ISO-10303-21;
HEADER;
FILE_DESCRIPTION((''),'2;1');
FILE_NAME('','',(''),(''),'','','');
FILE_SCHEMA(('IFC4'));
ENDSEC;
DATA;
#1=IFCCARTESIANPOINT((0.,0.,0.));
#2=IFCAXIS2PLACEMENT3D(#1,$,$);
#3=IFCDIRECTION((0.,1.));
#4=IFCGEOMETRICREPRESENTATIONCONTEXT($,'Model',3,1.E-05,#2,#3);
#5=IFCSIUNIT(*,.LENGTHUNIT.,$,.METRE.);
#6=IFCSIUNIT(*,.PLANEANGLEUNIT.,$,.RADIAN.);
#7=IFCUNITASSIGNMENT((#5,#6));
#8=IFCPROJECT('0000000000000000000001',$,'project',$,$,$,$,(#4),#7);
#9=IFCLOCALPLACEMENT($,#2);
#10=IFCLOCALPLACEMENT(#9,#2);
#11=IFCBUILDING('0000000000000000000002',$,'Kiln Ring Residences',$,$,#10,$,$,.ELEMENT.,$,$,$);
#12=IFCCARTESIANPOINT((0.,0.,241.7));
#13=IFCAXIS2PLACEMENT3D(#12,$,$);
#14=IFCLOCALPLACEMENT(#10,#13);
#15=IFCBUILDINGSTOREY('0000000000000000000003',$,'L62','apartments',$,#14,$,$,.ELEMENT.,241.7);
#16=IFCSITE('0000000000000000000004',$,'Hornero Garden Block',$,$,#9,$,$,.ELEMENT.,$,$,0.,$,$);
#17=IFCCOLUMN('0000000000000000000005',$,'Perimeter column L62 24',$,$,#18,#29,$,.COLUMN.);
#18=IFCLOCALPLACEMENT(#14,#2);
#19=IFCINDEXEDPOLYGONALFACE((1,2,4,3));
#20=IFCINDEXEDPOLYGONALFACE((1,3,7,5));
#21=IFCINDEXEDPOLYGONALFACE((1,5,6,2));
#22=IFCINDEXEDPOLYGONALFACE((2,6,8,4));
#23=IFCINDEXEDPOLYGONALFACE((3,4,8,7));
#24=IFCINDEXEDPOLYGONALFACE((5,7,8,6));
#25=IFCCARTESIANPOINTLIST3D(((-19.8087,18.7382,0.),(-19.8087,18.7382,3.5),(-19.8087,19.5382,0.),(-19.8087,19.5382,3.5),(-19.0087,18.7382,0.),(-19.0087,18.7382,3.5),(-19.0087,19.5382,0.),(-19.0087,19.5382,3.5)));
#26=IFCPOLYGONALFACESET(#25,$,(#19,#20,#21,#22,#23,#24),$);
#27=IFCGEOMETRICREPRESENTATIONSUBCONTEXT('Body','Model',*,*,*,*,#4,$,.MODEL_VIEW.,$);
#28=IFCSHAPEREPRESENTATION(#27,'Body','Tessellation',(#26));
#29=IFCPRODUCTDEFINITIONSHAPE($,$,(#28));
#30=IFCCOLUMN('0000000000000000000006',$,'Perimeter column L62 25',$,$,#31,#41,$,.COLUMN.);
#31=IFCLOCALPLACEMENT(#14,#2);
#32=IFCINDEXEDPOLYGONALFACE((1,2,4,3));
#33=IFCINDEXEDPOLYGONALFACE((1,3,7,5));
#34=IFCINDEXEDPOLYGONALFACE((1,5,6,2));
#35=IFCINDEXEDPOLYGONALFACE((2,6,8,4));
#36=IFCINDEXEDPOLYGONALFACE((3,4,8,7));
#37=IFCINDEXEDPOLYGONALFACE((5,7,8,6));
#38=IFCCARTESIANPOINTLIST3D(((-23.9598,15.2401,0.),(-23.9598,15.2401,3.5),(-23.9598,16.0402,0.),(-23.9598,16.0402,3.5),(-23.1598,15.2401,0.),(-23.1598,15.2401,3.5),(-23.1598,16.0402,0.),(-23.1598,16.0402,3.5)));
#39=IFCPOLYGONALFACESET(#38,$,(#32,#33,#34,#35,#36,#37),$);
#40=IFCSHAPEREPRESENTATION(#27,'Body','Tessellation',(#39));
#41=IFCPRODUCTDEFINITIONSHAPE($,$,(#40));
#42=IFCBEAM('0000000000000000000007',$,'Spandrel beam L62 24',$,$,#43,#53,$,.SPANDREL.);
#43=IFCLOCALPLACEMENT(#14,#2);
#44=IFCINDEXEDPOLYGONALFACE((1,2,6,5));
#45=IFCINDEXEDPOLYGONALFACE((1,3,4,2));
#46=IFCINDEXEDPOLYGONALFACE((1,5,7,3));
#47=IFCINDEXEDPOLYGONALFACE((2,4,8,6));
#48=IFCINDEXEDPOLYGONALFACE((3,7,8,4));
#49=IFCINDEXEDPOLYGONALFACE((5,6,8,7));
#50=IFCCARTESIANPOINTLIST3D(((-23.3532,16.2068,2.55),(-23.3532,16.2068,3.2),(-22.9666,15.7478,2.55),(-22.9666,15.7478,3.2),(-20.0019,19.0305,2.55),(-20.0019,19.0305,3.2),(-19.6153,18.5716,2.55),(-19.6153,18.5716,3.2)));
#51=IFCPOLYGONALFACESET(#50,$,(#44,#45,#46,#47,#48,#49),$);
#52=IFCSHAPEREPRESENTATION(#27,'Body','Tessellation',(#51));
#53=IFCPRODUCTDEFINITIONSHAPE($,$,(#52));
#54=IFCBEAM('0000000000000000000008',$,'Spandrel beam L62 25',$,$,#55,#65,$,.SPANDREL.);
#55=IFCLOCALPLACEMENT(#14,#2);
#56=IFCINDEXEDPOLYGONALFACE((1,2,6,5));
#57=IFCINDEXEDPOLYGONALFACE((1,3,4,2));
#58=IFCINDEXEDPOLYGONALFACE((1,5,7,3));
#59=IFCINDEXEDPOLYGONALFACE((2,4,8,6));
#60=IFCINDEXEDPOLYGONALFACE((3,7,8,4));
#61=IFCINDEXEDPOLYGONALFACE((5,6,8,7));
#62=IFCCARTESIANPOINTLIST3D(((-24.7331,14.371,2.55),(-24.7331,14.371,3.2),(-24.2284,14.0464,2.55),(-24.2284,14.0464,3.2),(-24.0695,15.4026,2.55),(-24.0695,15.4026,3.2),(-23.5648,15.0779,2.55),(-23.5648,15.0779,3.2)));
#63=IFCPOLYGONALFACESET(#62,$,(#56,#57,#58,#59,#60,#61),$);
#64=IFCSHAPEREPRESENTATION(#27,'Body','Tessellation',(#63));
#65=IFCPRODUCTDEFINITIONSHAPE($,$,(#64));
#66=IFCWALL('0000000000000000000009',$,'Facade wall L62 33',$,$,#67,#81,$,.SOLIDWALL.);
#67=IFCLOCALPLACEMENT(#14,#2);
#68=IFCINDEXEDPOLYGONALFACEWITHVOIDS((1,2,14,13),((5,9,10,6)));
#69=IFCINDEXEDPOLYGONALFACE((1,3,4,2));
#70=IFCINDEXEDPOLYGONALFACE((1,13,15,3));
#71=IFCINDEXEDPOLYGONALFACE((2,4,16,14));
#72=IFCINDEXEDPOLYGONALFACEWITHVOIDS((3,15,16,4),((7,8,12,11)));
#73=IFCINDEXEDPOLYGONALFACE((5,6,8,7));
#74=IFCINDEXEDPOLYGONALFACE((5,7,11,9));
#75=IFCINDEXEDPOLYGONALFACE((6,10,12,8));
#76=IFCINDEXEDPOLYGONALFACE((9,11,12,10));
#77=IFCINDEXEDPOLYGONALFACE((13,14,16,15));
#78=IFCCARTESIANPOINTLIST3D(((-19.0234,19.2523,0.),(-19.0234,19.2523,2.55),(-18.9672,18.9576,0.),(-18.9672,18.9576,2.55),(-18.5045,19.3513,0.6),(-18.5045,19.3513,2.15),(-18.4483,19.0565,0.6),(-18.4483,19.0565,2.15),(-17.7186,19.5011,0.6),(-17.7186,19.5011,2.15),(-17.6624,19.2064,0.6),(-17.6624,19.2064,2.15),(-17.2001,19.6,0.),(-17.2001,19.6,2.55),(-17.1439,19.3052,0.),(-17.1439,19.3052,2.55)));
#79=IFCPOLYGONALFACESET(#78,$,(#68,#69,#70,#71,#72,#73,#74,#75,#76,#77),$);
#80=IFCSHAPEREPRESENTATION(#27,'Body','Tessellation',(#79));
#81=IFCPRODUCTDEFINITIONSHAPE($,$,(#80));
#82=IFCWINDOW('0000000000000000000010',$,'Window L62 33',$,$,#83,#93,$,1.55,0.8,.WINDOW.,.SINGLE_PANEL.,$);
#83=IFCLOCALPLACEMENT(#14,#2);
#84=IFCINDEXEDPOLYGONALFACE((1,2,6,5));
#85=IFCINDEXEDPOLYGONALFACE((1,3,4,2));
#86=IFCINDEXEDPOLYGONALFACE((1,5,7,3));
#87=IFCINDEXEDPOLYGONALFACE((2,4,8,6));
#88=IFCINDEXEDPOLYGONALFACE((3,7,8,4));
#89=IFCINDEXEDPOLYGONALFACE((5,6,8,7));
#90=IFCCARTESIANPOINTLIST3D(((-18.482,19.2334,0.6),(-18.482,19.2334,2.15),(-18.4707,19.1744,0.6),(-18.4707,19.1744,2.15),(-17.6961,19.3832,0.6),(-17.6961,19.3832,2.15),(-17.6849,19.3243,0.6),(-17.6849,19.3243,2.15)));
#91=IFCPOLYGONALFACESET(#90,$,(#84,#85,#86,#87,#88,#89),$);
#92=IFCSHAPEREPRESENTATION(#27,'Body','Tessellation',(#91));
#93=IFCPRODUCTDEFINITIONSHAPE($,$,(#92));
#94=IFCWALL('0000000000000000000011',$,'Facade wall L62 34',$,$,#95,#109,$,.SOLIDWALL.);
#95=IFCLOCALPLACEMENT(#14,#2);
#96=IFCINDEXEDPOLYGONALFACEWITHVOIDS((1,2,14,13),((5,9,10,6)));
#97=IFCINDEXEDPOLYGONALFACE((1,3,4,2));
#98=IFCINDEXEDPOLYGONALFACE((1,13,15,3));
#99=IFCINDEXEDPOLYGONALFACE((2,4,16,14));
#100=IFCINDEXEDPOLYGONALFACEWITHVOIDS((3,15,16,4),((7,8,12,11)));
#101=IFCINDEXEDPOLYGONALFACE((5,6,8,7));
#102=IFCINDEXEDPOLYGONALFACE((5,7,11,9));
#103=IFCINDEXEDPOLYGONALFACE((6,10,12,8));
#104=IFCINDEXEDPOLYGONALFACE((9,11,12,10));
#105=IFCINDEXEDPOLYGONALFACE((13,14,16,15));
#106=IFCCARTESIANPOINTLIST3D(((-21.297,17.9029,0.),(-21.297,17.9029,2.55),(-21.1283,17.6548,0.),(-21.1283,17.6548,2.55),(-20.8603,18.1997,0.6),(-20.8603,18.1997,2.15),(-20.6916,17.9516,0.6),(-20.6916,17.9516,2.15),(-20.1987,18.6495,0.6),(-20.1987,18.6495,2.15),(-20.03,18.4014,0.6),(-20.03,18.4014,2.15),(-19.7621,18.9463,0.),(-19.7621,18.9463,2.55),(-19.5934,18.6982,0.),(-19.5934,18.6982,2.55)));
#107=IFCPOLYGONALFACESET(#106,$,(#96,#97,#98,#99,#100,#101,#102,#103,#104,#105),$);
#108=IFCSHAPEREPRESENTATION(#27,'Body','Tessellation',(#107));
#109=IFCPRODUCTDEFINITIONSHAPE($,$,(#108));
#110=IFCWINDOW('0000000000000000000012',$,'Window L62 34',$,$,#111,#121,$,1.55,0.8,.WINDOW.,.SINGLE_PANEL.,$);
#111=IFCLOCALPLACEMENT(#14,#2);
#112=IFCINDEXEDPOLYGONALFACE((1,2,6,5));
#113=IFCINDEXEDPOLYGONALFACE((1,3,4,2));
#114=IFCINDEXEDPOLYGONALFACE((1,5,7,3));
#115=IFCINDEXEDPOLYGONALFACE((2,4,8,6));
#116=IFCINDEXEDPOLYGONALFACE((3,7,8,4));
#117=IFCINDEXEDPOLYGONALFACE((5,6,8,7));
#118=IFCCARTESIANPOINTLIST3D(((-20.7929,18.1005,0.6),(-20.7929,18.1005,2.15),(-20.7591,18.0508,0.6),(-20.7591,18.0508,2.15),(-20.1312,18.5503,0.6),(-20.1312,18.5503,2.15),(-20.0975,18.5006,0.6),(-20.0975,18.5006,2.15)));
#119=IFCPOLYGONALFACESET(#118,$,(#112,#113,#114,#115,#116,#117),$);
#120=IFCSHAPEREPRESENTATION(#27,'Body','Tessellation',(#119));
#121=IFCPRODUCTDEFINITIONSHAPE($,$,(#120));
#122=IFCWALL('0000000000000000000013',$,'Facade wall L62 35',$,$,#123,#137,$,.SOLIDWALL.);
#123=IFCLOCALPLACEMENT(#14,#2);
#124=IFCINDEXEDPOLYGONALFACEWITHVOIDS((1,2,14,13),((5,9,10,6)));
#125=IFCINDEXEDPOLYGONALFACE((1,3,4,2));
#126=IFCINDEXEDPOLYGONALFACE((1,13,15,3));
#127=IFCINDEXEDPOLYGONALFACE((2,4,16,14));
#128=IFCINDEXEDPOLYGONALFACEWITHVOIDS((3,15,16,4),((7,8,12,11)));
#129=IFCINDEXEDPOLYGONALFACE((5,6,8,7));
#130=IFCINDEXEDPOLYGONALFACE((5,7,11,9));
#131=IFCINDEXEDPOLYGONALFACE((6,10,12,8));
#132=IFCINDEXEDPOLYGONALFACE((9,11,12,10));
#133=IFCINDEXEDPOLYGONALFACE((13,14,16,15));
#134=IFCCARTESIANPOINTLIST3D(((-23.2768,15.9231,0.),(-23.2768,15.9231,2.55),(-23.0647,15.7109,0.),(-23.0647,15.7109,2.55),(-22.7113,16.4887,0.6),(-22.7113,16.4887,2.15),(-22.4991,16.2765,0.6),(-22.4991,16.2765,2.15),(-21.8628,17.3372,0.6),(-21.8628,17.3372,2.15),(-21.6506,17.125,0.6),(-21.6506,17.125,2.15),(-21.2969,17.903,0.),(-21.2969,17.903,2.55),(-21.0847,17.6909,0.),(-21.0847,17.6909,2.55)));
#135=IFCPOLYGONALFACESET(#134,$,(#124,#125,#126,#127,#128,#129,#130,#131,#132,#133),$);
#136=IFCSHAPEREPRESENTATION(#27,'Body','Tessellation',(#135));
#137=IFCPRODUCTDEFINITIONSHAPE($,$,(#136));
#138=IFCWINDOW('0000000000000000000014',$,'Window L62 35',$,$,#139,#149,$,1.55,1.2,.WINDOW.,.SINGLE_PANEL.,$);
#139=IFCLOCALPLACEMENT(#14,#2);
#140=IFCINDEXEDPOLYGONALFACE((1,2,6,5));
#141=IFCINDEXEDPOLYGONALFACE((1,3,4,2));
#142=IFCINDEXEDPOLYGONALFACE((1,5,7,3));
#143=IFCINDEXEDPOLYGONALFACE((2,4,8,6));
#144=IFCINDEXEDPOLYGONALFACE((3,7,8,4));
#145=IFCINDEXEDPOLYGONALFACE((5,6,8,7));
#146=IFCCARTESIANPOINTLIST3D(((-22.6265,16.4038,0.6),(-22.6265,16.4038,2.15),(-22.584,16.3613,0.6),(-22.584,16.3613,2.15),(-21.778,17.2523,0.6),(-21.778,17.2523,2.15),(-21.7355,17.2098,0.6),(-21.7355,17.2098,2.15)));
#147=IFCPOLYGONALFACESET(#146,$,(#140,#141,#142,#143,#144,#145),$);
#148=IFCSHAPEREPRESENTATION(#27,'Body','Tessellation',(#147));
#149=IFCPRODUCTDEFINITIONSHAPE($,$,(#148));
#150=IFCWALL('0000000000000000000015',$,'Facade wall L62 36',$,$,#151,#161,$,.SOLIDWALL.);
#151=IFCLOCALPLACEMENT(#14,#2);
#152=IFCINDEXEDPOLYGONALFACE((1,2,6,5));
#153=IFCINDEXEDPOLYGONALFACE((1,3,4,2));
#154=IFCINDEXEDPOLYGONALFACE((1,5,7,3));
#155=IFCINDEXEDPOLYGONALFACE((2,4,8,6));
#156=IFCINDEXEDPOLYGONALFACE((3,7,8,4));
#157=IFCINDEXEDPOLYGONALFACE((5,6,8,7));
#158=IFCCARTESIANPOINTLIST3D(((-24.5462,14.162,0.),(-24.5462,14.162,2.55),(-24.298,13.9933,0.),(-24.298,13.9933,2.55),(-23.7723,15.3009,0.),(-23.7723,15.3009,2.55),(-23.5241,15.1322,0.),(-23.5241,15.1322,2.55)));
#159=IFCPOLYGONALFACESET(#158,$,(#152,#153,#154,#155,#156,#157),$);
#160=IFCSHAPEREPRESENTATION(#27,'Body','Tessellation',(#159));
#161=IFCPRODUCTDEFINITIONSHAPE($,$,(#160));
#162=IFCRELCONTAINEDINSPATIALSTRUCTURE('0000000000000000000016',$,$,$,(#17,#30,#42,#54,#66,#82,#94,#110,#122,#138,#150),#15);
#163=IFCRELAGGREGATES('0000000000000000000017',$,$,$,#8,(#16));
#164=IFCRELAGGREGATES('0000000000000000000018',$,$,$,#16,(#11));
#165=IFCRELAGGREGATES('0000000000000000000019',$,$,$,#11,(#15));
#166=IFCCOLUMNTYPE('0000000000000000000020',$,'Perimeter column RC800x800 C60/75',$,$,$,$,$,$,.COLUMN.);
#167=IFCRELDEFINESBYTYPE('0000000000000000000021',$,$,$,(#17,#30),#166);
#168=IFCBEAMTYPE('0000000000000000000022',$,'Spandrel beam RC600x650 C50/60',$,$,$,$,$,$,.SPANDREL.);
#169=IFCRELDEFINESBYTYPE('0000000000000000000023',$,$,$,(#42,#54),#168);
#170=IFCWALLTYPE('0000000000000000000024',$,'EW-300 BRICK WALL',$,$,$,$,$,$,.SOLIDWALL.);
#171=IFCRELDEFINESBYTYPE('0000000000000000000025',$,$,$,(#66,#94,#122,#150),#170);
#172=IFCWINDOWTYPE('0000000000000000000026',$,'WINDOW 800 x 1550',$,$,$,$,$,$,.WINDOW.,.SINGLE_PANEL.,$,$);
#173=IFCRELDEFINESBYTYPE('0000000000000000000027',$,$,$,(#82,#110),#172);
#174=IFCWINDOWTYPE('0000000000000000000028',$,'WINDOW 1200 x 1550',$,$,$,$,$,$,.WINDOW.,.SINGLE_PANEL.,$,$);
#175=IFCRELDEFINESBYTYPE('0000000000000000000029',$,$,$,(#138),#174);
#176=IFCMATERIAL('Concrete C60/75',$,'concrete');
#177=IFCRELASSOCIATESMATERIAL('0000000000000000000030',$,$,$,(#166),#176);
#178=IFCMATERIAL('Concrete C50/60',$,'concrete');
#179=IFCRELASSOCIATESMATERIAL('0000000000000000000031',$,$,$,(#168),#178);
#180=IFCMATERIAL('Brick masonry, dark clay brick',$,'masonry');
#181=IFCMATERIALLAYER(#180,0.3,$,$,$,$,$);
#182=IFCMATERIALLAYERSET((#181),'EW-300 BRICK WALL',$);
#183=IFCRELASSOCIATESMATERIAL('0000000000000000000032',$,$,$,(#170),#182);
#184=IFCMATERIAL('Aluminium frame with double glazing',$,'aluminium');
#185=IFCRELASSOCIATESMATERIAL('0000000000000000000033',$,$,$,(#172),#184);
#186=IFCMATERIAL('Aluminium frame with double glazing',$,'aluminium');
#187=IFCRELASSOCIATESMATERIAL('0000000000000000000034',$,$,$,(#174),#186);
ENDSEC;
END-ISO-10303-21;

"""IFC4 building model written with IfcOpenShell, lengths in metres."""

from ifc_helpers import new_model, si_unit, direction, frame, frame_2d, origin, origin_2d, place, context, subcontext, project, spatial, rectangle, extrude, material, layer, layer_set, material_profile, profile_set, type_object, element, fill, save


model = new_model("IFC4")

# Units and contexts
model_context = context("Model", 3, precision=1e-05, world=origin(), true_north=direction((0.0, 1.0)))
body_context = subcontext(model_context, "Body", "Model", "MODEL_VIEW")
ifc_project = project(units=[si_unit("LENGTHUNIT", "METRE"), si_unit("PLANEANGLEUNIT", "RADIAN")], contexts=[model_context])

# Site, building, storey
site_placement = place(None, origin())
site = spatial("IfcSite", under=ifc_project, at=site_placement, Name="Hornero Garden Block", CompositionType="ELEMENT", RefElevation=0.0)
building_placement = place(site_placement, origin())
building = spatial("IfcBuilding", under=site, at=building_placement, Name="Kiln Ring Residences", CompositionType="ELEMENT")
storey_placement = place(building_placement, frame((0.0, 0.0, 241.7)))
storey = spatial("IfcBuildingStorey", under=building, at=storey_placement, Name="L62", Description="apartments", CompositionType="ELEMENT", Elevation=241.7)

# Columns
ifc_material_1 = material(Name="Concrete C60/75", Category="concrete")
ifc_material_profile_1 = material_profile(ifc_material_1, rectangle(XDim=0.8, YDim=0.8, at=origin_2d()), Name="RC800x800")
ifc_profile_set_1 = profile_set([ifc_material_profile_1], Name="Concrete C60/75")
column_type = type_object("IfcColumnType", Name="Perimeter column RC800x800 C60/75", PredefinedType="COLUMN", material=ifc_profile_set_1)
for number, where, z_axis, x_axis, name in (
    (1, (-19.4087, 19.1382, 0.0), (0.0, 0.0, 1.0), (1.0, 0.0, 0.0), "Perimeter column L62 24"),
    (2, (-23.5598, 15.6401, 0.0), (0.0, 0.0, 1.0), (1.0, 0.0, 0.0), "Perimeter column L62 25"),
):
    element("IfcColumn", number, at=place(storey_placement, frame(where, z_axis=z_axis, x_axis=x_axis)), inside=storey, type_object=column_type, Name=name, PredefinedType="COLUMN", context=body_context, shape_type="SweptSolid", body=[
        extrude(rectangle(XDim=0.8, YDim=0.8, at=origin_2d()), origin(), (0.0, 0.0, 1.0), 3.5),
    ])

# Beams
ifc_material_2 = material(Name="Concrete C50/60", Category="concrete")
ifc_material_profile_2 = material_profile(ifc_material_2, rectangle(XDim=0.6001, YDim=0.6499, at=origin_2d()), Name="RC600x650")
ifc_profile_set_2 = profile_set([ifc_material_profile_2], Name="Concrete C50/60")
beam_type = type_object("IfcBeamType", Name="Spandrel beam RC600x650 C50/60", PredefinedType="SPANDREL", material=ifc_profile_set_2)
beam_1_placement = place(storey_placement, frame((-19.8086, 18.801, 2.875), z_axis=(-0.764735, -0.644345, 0.0), x_axis=(0.644345, -0.764735, 0.0)))
element("IfcBeam", 3, at=beam_1_placement, inside=storey, type_object=beam_type, Name="Spandrel beam L62 24", PredefinedType="SPANDREL", context=body_context, shape_type="SweptSolid", body=[
    extrude(rectangle(XDim=0.6001, YDim=0.6499, at=origin_2d()), origin(), (0.0, 0.0, 1.0), 4.3823),
])
beam_2_placement = place(storey_placement, frame((-23.8171, 15.2402, 2.875), z_axis=(-0.541029, -0.841004, 0.0), x_axis=(0.841004, -0.541029, 0.0)))
element("IfcBeam", 4, at=beam_2_placement, inside=storey, type_object=beam_type, Name="Spandrel beam L62 25", PredefinedType="SPANDREL", context=body_context, shape_type="SweptSolid", body=[
    extrude(rectangle(XDim=0.6001, YDim=0.6499, at=origin_2d()), origin(), (0.0, 0.0, 1.0), 1.2266),
])

# Walls, openings, windows
ifc_material_3 = material(Name="Brick masonry, dark clay brick", Category="masonry")
ifc_layer_1 = layer(ifc_material_3, 0.3)
ifc_layer_set_1 = layer_set([ifc_layer_1], Name="EW-300 BRICK WALL")
wall_type_1 = type_object("IfcWallType", Name="EW-300 BRICK WALL", PredefinedType="SOLIDWALL", material=ifc_layer_set_1)
wall_1_placement = place(storey_placement, frame((-17.1719, 19.4526, 0.0), z_axis=(0.0, 0.0, 1.0), x_axis=(-0.982302, -0.187306, 0.0)))
wall_1 = element("IfcWall", 5, at=wall_1_placement, inside=storey, type_object=wall_type_1, Name="Facade wall L62 33", PredefinedType="SOLIDWALL", context=body_context, shape_type="SweptSolid", body=[
    extrude(rectangle(XDim=1.8562, YDim=0.3, at=frame_2d((0.9282, 0.0))), origin(), (0.0, 0.0, 1.0), 2.55),
])
opening_1_placement = place(wall_1_placement, frame((0.5281, 0.0, 0.6001)))
opening_1 = element("IfcOpeningElement", 6, at=opening_1_placement, cuts=wall_1, PredefinedType="OPENING", context=body_context, shape_type="SweptSolid", body=[
    extrude(rectangle(XDim=0.8, YDim=1.55, at=frame_2d((0.3999, 0.7749))), frame((0.0, 0.1599, 0.0), z_axis=(0.0, -1.0, 0.0), x_axis=(1.0, 0.0, 0.0)), (0.0, 0.0, 1.0), 0.3201),
])
ifc_material_4 = material(Name="Aluminium frame with double glazing", Category="aluminium")
window_type_1 = type_object("IfcWindowType", Name="WINDOW 800 x 1550", PartitioningType="SINGLE_PANEL", PredefinedType="WINDOW", material=ifc_material_4)
window_1_placement = place(opening_1_placement, origin())
window_1 = element("IfcWindow", 7, at=window_1_placement, inside=storey, type_object=window_type_1, Name="Window L62 33", OverallHeight=1.55, OverallWidth=0.8, PartitioningType="SINGLE_PANEL", PredefinedType="WINDOW", context=body_context, shape_type="SweptSolid", body=[
    extrude(rectangle(XDim=0.8, YDim=1.55, at=frame_2d((0.3999, 0.7749))), frame((0.0, 0.03, 0.0), z_axis=(0.0, -1.0, 0.0), x_axis=(1.0, 0.0, 0.0)), (0.0, 0.0, 1.0), 0.0601),
])
fill(opening_1, window_1)
wall_2_placement = place(storey_placement, frame((-19.6777, 18.8223, 0.0), z_axis=(0.0, 0.0, 1.0), x_axis=(-0.826997, -0.562206, 0.0)))
wall_2 = element("IfcWall", 8, at=wall_2_placement, inside=storey, type_object=wall_type_1, Name="Facade wall L62 34", PredefinedType="SOLIDWALL", context=body_context, shape_type="SweptSolid", body=[
    extrude(rectangle(XDim=1.856, YDim=0.3, at=frame_2d((0.928, 0.0))), origin(), (0.0, 0.0, 1.0), 2.55),
])
opening_2_placement = place(wall_2_placement, frame((0.5281, 0.0, 0.6001)))
opening_2 = element("IfcOpeningElement", 9, at=opening_2_placement, cuts=wall_2, PredefinedType="OPENING", context=body_context, shape_type="SweptSolid", body=[
    extrude(rectangle(XDim=0.8, YDim=1.55, at=frame_2d((0.3999, 0.7749))), frame((0.0, 0.1599, 0.0), z_axis=(0.0, -1.0, 0.0), x_axis=(1.0, 0.0, 0.0)), (0.0, 0.0, 1.0), 0.3201),
])
window_2_placement = place(opening_2_placement, origin())
window_2 = element("IfcWindow", 10, at=window_2_placement, inside=storey, type_object=window_type_1, Name="Window L62 34", OverallHeight=1.55, OverallWidth=0.8, PartitioningType="SINGLE_PANEL", PredefinedType="WINDOW", context=body_context, shape_type="SweptSolid", body=[
    extrude(rectangle(XDim=0.8, YDim=1.55, at=frame_2d((0.3999, 0.7749))), frame((0.0, 0.03, 0.0), z_axis=(0.0, -1.0, 0.0), x_axis=(1.0, 0.0, 0.0)), (0.0, 0.0, 1.0), 0.0601),
])
fill(opening_2, window_2)
wall_3_placement = place(storey_placement, frame((-21.1909, 17.7969, 0.0), z_axis=(0.0, 0.0, 1.0), x_axis=(-0.707107, -0.707107, 0.0)))
wall_3 = element("IfcWall", 11, at=wall_3_placement, inside=storey, type_object=wall_type_1, Name="Facade wall L62 35", PredefinedType="SOLIDWALL", context=body_context, shape_type="SweptSolid", body=[
    extrude(rectangle(XDim=2.8, YDim=0.3, at=frame_2d((1.3999, 0.0))), origin(), (0.0, 0.0, 1.0), 2.55),
])
opening_3_placement = place(wall_3_placement, frame((0.8, 0.0, 0.6001)))
opening_3 = element("IfcOpeningElement", 12, at=opening_3_placement, cuts=wall_3, PredefinedType="OPENING", context=body_context, shape_type="SweptSolid", body=[
    extrude(rectangle(XDim=1.2, YDim=1.55, at=frame_2d((0.6001, 0.7749))), frame((0.0, 0.1599, 0.0), z_axis=(0.0, -1.0, 0.0), x_axis=(1.0, 0.0, 0.0)), (0.0, 0.0, 1.0), 0.3201),
])
ifc_material_5 = material(Name="Aluminium frame with double glazing", Category="aluminium")
window_type_2 = type_object("IfcWindowType", Name="WINDOW 1200 x 1550", PartitioningType="SINGLE_PANEL", PredefinedType="WINDOW", material=ifc_material_5)
window_3_placement = place(opening_3_placement, origin())
window_3 = element("IfcWindow", 13, at=window_3_placement, inside=storey, type_object=window_type_2, Name="Window L62 35", OverallHeight=1.55, OverallWidth=1.2, PartitioningType="SINGLE_PANEL", PredefinedType="WINDOW", context=body_context, shape_type="SweptSolid", body=[
    extrude(rectangle(XDim=1.2, YDim=1.55, at=frame_2d((0.6001, 0.7749))), frame((0.0, 0.03, 0.0), z_axis=(0.0, -1.0, 0.0), x_axis=(1.0, 0.0, 0.0)), (0.0, 0.0, 1.0), 0.0601),
])
fill(opening_3, window_3)

# Wall
wall_4_placement = place(storey_placement, frame((-23.6482, 15.2166, 0.0), z_axis=(0.0, 0.0, 1.0), x_axis=(-0.562043, -0.827108, 0.0)))
element("IfcWall", 14, at=wall_4_placement, inside=storey, type_object=wall_type_1, Name="Facade wall L62 36", PredefinedType="SOLIDWALL", context=body_context, shape_type="SweptSolid", body=[
    extrude(rectangle(XDim=1.377, YDim=0.3, at=frame_2d((0.6885, 0.0))), origin(), (0.0, 0.0, 1.0), 2.55),
])

save(model, "model.ifc")
